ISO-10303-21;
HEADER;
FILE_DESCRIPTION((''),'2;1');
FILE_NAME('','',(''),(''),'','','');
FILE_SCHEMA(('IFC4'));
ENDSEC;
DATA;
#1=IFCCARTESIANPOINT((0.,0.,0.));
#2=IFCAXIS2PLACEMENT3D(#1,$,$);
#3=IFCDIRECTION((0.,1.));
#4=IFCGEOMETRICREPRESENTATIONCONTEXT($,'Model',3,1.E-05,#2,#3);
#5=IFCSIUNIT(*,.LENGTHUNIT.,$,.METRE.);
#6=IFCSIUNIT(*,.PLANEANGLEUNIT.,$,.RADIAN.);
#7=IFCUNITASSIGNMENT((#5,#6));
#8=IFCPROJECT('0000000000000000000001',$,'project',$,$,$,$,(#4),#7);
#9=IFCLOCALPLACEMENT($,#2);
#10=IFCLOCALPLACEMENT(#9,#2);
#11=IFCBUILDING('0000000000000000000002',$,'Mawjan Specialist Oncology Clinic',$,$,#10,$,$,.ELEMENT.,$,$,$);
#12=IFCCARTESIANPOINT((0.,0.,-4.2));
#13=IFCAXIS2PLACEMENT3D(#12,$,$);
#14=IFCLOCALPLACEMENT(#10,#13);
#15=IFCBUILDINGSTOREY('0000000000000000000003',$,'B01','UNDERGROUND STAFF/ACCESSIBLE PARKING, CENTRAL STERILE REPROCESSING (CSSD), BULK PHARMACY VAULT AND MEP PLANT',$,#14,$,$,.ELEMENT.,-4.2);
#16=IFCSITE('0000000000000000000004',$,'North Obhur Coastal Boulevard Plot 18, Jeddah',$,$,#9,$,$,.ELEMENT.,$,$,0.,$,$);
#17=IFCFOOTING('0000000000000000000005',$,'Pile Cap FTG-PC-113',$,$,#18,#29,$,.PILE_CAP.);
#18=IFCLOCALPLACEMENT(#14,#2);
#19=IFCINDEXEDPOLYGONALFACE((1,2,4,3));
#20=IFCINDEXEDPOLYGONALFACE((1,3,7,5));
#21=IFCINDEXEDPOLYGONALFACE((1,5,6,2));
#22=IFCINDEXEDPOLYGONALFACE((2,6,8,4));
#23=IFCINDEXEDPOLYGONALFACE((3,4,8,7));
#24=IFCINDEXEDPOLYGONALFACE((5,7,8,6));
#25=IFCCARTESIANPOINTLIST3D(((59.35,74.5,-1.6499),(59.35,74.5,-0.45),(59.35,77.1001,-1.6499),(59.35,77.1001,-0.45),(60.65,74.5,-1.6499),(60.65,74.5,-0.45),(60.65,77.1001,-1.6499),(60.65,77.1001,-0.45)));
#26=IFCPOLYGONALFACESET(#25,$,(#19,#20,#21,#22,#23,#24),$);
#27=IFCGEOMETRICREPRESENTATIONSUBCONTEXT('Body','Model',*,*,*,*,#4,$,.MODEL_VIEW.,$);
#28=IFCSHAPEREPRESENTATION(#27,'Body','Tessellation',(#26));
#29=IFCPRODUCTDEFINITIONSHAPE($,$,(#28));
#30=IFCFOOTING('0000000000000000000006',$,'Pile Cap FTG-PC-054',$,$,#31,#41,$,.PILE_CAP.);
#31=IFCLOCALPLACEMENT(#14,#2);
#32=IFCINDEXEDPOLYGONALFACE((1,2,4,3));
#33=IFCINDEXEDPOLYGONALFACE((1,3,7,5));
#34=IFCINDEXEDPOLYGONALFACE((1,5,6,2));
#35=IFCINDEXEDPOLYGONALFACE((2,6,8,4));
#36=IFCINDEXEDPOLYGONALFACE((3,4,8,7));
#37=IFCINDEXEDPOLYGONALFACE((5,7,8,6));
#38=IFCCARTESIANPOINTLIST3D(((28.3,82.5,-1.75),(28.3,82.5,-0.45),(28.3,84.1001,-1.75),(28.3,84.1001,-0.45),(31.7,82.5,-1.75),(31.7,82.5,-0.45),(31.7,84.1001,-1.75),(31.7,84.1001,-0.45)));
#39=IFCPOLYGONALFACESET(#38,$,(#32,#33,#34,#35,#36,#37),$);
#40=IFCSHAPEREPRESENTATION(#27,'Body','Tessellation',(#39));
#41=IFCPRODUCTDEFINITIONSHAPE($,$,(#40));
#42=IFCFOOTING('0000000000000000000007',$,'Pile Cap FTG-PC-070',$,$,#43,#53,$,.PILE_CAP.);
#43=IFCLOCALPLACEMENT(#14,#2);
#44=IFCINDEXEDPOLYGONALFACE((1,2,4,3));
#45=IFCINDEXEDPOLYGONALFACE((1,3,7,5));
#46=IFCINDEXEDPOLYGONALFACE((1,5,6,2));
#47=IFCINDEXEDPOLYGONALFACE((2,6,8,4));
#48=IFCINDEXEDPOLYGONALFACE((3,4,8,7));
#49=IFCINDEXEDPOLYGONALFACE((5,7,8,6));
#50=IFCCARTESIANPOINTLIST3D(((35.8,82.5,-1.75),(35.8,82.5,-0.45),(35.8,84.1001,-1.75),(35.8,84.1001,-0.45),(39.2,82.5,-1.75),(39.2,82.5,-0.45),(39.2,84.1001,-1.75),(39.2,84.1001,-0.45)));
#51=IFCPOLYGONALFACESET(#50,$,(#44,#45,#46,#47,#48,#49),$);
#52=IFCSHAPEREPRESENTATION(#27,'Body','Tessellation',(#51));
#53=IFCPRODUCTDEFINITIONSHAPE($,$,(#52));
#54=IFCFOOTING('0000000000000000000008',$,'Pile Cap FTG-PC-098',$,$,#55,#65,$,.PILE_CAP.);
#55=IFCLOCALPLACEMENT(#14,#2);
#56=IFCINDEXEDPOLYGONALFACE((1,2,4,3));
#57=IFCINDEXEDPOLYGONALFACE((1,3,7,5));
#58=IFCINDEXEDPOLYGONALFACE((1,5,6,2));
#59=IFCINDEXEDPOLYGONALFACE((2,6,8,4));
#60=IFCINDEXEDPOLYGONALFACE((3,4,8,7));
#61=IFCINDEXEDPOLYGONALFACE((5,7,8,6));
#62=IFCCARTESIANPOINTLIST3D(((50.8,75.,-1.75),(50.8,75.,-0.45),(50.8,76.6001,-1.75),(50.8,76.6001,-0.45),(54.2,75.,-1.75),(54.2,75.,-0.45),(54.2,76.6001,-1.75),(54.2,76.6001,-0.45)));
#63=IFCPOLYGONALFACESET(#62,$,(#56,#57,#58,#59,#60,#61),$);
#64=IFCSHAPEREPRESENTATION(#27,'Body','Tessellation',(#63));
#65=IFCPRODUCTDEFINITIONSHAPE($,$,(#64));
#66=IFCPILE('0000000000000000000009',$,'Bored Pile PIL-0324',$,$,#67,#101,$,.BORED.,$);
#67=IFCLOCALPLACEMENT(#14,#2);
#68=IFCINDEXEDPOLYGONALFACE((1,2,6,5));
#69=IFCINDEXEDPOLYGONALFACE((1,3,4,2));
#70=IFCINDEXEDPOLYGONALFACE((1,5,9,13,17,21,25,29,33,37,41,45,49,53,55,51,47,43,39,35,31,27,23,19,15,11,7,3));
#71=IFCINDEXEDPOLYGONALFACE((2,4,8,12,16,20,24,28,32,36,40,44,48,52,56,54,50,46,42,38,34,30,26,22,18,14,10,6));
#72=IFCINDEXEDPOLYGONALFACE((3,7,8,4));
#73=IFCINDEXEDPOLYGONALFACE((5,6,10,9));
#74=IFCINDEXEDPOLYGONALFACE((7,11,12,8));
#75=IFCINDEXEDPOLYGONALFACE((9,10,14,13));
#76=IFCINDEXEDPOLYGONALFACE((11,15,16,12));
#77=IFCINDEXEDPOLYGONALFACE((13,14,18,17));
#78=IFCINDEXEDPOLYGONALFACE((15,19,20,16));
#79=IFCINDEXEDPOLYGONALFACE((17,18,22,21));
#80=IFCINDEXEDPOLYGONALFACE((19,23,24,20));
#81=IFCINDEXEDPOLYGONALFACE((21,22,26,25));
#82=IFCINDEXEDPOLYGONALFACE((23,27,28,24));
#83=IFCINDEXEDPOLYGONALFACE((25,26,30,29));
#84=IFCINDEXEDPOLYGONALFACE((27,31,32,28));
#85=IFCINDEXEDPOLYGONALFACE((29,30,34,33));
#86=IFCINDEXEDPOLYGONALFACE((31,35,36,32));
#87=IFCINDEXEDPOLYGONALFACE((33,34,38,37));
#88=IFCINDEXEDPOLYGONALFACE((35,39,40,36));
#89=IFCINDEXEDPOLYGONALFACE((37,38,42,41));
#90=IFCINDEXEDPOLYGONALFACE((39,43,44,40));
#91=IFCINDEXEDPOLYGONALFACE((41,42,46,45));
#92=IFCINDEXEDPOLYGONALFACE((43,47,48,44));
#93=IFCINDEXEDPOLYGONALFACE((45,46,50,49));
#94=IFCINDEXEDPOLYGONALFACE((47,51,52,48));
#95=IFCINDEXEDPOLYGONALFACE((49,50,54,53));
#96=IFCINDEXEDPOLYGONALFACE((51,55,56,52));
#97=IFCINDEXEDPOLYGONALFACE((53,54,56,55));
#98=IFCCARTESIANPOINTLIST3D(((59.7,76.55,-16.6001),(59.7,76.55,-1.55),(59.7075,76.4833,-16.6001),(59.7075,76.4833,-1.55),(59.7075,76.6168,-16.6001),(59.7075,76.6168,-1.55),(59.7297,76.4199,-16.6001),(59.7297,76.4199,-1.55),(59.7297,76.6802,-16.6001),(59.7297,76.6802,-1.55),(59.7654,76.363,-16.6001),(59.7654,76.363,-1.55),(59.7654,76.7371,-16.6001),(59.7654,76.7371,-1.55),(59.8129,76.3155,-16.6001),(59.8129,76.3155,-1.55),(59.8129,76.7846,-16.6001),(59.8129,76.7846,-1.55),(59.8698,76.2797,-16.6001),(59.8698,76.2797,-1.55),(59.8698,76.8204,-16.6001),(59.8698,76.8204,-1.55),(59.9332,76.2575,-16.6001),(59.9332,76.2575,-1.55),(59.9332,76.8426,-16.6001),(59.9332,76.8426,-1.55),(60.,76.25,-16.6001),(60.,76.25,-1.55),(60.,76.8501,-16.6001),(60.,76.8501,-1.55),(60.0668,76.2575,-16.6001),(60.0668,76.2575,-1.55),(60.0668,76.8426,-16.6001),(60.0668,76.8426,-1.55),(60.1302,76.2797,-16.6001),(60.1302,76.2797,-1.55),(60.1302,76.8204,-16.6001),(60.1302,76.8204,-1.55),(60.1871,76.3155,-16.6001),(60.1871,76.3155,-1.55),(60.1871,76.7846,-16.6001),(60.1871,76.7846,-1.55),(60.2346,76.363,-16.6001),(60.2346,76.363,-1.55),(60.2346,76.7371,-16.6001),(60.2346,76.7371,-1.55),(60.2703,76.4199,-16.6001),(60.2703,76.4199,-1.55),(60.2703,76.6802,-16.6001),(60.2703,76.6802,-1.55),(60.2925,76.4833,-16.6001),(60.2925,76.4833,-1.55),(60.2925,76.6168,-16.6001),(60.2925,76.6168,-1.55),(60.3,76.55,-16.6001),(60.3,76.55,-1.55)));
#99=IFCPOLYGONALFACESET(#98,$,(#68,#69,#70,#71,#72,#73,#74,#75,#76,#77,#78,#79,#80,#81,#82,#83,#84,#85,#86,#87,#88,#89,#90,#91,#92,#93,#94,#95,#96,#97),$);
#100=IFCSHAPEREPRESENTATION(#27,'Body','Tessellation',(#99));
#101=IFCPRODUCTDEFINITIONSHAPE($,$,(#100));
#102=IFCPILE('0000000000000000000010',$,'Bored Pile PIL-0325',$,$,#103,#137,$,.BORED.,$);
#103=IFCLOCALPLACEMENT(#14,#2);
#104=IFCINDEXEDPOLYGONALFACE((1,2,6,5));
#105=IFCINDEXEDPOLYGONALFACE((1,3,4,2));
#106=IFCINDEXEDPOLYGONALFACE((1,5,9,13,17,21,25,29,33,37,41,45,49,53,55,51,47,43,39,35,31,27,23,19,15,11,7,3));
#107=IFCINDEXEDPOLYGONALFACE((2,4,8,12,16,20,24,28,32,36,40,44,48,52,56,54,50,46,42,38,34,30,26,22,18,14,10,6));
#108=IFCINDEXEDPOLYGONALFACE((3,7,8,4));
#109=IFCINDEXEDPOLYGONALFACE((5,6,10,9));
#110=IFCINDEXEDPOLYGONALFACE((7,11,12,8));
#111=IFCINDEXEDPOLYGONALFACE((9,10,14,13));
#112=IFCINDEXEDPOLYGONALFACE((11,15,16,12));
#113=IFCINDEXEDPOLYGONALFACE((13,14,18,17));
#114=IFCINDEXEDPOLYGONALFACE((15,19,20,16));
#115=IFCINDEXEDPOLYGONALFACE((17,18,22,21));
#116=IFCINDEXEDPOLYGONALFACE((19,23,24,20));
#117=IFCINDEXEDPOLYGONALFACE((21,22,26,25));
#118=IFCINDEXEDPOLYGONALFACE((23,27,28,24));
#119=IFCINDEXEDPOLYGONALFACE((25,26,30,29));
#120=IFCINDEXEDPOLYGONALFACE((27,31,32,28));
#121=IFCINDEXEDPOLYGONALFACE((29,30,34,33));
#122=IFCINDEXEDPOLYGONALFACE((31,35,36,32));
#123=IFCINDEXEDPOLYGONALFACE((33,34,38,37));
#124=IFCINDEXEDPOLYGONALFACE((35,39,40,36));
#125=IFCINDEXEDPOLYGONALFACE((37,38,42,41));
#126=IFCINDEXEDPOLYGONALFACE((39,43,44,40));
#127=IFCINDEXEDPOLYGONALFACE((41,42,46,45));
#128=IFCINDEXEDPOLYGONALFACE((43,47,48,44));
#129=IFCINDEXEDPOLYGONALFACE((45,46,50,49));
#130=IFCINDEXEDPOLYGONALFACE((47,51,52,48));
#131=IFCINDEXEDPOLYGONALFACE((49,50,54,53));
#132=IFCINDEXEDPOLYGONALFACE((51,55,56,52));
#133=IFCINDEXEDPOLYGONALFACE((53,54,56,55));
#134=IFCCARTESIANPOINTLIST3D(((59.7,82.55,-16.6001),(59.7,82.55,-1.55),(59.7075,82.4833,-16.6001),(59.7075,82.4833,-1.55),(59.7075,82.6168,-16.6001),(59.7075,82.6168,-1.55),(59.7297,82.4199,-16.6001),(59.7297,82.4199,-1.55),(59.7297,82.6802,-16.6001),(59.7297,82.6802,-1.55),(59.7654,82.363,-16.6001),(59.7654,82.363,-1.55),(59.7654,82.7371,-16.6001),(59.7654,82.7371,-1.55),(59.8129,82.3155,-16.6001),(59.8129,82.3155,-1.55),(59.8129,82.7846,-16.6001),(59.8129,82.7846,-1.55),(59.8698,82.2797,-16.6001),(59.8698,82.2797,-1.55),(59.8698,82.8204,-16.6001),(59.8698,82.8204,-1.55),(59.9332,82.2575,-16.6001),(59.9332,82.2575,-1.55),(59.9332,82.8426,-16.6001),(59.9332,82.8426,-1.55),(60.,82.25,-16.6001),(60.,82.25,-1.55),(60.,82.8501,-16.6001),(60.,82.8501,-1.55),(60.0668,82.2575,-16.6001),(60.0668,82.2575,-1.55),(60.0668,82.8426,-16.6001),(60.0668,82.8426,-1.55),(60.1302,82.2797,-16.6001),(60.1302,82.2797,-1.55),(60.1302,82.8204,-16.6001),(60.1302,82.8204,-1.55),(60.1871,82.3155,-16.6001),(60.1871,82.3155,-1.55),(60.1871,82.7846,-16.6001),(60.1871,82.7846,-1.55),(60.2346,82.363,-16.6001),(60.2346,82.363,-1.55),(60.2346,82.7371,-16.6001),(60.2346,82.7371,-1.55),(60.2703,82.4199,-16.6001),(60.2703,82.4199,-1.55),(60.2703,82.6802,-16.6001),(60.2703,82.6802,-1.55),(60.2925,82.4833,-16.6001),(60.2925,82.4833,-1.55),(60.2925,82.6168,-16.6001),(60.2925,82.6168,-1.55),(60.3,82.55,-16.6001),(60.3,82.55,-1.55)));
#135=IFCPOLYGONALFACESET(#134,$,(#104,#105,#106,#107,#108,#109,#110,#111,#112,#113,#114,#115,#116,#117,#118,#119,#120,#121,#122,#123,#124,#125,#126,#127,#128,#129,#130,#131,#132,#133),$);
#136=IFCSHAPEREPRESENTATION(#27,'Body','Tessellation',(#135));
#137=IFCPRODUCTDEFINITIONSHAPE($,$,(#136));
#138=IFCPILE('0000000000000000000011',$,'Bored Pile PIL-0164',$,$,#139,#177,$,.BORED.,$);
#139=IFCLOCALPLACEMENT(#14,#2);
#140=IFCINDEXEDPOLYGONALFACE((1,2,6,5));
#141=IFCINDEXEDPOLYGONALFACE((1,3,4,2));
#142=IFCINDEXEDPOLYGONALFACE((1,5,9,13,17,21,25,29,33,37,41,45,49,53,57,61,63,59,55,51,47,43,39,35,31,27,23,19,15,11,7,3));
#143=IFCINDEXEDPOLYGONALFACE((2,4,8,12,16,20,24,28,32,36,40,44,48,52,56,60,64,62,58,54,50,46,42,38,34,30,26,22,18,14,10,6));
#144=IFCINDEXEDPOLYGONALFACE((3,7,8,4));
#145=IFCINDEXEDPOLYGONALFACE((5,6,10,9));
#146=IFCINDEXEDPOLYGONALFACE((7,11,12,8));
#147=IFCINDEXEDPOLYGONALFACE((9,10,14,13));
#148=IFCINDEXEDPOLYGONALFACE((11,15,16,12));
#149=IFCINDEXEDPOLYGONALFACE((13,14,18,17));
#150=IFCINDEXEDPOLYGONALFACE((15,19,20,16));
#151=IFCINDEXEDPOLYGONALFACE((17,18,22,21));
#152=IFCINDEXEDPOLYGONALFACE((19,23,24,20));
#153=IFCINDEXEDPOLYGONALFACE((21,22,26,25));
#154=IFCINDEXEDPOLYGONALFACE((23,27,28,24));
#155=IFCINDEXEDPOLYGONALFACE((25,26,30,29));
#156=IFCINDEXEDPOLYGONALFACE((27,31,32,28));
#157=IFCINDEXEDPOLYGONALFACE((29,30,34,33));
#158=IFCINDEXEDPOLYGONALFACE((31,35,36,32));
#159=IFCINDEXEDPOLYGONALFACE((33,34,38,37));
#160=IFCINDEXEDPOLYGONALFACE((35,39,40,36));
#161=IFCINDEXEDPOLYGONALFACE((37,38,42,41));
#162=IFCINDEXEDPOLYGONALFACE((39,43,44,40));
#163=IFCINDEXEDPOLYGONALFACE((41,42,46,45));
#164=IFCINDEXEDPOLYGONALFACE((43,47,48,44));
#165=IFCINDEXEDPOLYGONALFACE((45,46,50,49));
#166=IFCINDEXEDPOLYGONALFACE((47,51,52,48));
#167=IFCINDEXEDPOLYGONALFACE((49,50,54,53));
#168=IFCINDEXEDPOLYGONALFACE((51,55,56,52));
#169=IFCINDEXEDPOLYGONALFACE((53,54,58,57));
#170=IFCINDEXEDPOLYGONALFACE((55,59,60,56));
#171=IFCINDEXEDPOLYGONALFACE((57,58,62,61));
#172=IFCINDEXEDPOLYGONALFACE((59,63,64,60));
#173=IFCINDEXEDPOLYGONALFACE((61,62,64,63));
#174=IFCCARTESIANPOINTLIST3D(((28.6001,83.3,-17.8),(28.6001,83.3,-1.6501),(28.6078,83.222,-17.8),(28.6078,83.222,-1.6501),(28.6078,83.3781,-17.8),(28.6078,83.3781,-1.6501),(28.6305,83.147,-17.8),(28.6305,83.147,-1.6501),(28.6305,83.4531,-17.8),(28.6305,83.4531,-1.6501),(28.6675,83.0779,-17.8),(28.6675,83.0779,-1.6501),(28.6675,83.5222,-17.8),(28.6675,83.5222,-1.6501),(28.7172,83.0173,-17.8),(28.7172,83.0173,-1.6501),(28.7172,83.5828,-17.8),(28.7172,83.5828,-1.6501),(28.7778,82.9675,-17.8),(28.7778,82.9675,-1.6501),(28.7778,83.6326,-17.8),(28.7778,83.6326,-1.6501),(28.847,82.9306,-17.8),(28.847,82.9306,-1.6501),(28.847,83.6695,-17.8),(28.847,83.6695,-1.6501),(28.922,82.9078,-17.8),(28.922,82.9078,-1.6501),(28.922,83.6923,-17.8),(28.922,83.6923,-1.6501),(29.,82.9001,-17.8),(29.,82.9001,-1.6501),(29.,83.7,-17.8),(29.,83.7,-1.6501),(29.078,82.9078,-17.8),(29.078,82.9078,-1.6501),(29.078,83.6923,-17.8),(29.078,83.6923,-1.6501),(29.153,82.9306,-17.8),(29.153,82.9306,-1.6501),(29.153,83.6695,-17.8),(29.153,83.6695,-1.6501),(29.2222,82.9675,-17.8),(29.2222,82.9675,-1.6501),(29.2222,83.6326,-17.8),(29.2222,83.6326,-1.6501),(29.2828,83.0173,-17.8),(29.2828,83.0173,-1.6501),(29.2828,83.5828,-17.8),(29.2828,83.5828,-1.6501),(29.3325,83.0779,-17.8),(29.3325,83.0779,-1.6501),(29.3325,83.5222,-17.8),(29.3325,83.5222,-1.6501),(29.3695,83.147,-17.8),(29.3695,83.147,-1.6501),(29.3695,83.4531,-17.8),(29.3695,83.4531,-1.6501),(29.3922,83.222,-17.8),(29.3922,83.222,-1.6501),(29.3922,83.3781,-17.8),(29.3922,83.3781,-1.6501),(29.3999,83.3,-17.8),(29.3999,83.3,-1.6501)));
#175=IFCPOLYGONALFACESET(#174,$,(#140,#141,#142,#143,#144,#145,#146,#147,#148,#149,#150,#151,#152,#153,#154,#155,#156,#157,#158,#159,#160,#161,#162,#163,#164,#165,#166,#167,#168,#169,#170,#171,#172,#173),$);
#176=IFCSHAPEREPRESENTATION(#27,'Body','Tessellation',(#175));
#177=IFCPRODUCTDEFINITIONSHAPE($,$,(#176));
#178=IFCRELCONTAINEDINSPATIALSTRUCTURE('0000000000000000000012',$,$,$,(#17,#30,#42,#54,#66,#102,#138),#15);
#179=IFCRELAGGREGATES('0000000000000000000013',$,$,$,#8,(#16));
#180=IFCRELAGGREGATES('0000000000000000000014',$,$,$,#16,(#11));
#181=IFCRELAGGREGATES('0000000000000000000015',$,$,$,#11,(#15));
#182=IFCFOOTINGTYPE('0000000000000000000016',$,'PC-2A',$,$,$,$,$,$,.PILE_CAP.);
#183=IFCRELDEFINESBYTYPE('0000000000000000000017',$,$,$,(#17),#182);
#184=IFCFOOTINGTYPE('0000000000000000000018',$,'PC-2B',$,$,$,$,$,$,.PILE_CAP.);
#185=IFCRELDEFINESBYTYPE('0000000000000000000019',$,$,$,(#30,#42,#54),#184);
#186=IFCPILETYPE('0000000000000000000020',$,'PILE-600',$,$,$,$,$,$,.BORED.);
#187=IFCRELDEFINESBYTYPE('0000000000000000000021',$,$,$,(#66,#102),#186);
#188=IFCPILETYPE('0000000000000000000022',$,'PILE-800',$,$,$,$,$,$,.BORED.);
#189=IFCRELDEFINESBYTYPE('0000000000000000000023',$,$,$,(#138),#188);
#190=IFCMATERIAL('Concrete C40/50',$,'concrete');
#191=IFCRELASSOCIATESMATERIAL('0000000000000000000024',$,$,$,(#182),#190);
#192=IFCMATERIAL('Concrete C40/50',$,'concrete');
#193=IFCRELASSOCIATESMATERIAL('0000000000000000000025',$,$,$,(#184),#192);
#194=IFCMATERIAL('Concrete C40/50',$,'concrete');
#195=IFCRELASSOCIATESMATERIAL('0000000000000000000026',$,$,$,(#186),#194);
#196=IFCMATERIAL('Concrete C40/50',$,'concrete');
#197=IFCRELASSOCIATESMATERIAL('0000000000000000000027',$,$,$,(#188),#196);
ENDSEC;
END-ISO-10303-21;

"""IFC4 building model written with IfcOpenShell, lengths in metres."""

from ifc_helpers import new_model, si_unit, direction, frame, origin, origin_2d, place, context, subcontext, project, spatial, rectangle, circle, extrude, material, material_profile, profile_set, type_object, element, save


model = new_model("IFC4")

# Units and contexts
model_context = context("Model", 3, precision=1e-05, world=origin(), true_north=direction((0.0, 1.0)))
body_context = subcontext(model_context, "Body", "Model", "MODEL_VIEW")
ifc_project = project(units=[si_unit("LENGTHUNIT", "METRE"), si_unit("PLANEANGLEUNIT", "RADIAN")], contexts=[model_context])

# Site, building, storey
site_placement = place(None, origin())
site = spatial("IfcSite", under=ifc_project, at=site_placement, Name="North Obhur Coastal Boulevard Plot 18, Jeddah", CompositionType="ELEMENT", RefElevation=0.0)
building_placement = place(site_placement, origin())
building = spatial("IfcBuilding", under=site, at=building_placement, Name="Mawjan Specialist Oncology Clinic", CompositionType="ELEMENT")
storey_placement = place(building_placement, frame((0.0, 0.0, -4.2)))
storey = spatial("IfcBuildingStorey", under=building, at=storey_placement, Name="B01", Description="UNDERGROUND STAFF/ACCESSIBLE PARKING, CENTRAL STERILE REPROCESSING (CSSD), BULK PHARMACY VAULT AND MEP PLANT", CompositionType="ELEMENT", Elevation=-4.2)

# Footings
ifc_material_1 = material(Name="Concrete C40/50", Category="concrete")
footing_type_1 = type_object("IfcFootingType", Name="PC-2A", PredefinedType="PILE_CAP", material=ifc_material_1)
footing_1_placement = place(storey_placement, frame((60.0, 75.8, -1.6499), z_axis=(0.0, 0.0, 1.0), x_axis=(0.0, 1.0, 0.0)))
element("IfcFooting", 1, at=footing_1_placement, inside=storey, type_object=footing_type_1, Name="Pile Cap FTG-PC-113", PredefinedType="PILE_CAP", context=body_context, shape_type="SweptSolid", body=[
    extrude(rectangle(XDim=2.6001, YDim=1.3, at=origin_2d()), origin(), (0.0, 0.0, 1.0), 1.2),
])
ifc_material_2 = material(Name="Concrete C40/50", Category="concrete")
footing_type_2 = type_object("IfcFootingType", Name="PC-2B", PredefinedType="PILE_CAP", material=ifc_material_2)
for number, where, z_axis, x_axis, name in (
    (2, (30.0, 83.3, -1.75), (0.0, 0.0, 1.0), (1.0, 0.0, 0.0), "Pile Cap FTG-PC-054"),
    (3, (37.5, 83.3, -1.75), (0.0, 0.0, 1.0), (1.0, 0.0, 0.0), "Pile Cap FTG-PC-070"),
    (4, (52.5, 75.8, -1.75), (0.0, 0.0, 1.0), (1.0, 0.0, 0.0), "Pile Cap FTG-PC-098"),
):
    element("IfcFooting", number, at=place(storey_placement, frame(where, z_axis=z_axis, x_axis=x_axis)), inside=storey, type_object=footing_type_2, Name=name, PredefinedType="PILE_CAP", context=body_context, shape_type="SweptSolid", body=[
        extrude(rectangle(XDim=3.3999, YDim=1.6001, at=origin_2d()), origin(), (0.0, 0.0, 1.0), 1.3),
    ])

# Piles
ifc_material_3 = material(Name="Concrete C40/50", Category="concrete")
ifc_material_profile_1 = material_profile(ifc_material_3, circle(Radius=0.3, at=origin_2d()), Name="BORED PILE D600", Category="concrete")
ifc_profile_set_1 = profile_set([ifc_material_profile_1], Name="Concrete C40/50")
pile_type_1 = type_object("IfcPileType", Name="PILE-600", PredefinedType="BORED", material=ifc_profile_set_1)
for number, where, z_axis, x_axis, name in (
    (5, (60.0, 76.55, -1.55), (0.0, 0.0, -1.0), (1.0, 0.0, 0.0), "Bored Pile PIL-0324"),
    (6, (60.0, 82.55, -1.55), (0.0, 0.0, -1.0), (1.0, 0.0, 0.0), "Bored Pile PIL-0325"),
):
    element("IfcPile", number, at=place(storey_placement, frame(where, z_axis=z_axis, x_axis=x_axis)), inside=storey, type_object=pile_type_1, Name=name, PredefinedType="BORED", context=body_context, shape_type="SweptSolid", body=[
        extrude(circle(Radius=0.3, at=origin_2d()), origin(), (0.0, 0.0, 1.0), 15.05),
    ])
ifc_material_4 = material(Name="Concrete C40/50", Category="concrete")
ifc_material_profile_2 = material_profile(ifc_material_4, circle(Radius=0.3999, at=origin_2d()), Name="BORED PILE D800", Category="concrete")
ifc_profile_set_2 = profile_set([ifc_material_profile_2], Name="Concrete C40/50")
pile_type_2 = type_object("IfcPileType", Name="PILE-800", PredefinedType="BORED", material=ifc_profile_set_2)
for number, where, z_axis, x_axis, name in (
    (7, (29.0, 83.3, -1.6501), (0.0, 0.0, -1.0), (1.0, 0.0, 0.0), "Bored Pile PIL-0164"),
):
    element("IfcPile", number, at=place(storey_placement, frame(where, z_axis=z_axis, x_axis=x_axis)), inside=storey, type_object=pile_type_2, Name=name, PredefinedType="BORED", context=body_context, shape_type="SweptSolid", body=[
        extrude(circle(Radius=0.3999, at=origin_2d()), origin(), (0.0, 0.0, 1.0), 16.1499),
    ])

save(model, "model.ifc")
